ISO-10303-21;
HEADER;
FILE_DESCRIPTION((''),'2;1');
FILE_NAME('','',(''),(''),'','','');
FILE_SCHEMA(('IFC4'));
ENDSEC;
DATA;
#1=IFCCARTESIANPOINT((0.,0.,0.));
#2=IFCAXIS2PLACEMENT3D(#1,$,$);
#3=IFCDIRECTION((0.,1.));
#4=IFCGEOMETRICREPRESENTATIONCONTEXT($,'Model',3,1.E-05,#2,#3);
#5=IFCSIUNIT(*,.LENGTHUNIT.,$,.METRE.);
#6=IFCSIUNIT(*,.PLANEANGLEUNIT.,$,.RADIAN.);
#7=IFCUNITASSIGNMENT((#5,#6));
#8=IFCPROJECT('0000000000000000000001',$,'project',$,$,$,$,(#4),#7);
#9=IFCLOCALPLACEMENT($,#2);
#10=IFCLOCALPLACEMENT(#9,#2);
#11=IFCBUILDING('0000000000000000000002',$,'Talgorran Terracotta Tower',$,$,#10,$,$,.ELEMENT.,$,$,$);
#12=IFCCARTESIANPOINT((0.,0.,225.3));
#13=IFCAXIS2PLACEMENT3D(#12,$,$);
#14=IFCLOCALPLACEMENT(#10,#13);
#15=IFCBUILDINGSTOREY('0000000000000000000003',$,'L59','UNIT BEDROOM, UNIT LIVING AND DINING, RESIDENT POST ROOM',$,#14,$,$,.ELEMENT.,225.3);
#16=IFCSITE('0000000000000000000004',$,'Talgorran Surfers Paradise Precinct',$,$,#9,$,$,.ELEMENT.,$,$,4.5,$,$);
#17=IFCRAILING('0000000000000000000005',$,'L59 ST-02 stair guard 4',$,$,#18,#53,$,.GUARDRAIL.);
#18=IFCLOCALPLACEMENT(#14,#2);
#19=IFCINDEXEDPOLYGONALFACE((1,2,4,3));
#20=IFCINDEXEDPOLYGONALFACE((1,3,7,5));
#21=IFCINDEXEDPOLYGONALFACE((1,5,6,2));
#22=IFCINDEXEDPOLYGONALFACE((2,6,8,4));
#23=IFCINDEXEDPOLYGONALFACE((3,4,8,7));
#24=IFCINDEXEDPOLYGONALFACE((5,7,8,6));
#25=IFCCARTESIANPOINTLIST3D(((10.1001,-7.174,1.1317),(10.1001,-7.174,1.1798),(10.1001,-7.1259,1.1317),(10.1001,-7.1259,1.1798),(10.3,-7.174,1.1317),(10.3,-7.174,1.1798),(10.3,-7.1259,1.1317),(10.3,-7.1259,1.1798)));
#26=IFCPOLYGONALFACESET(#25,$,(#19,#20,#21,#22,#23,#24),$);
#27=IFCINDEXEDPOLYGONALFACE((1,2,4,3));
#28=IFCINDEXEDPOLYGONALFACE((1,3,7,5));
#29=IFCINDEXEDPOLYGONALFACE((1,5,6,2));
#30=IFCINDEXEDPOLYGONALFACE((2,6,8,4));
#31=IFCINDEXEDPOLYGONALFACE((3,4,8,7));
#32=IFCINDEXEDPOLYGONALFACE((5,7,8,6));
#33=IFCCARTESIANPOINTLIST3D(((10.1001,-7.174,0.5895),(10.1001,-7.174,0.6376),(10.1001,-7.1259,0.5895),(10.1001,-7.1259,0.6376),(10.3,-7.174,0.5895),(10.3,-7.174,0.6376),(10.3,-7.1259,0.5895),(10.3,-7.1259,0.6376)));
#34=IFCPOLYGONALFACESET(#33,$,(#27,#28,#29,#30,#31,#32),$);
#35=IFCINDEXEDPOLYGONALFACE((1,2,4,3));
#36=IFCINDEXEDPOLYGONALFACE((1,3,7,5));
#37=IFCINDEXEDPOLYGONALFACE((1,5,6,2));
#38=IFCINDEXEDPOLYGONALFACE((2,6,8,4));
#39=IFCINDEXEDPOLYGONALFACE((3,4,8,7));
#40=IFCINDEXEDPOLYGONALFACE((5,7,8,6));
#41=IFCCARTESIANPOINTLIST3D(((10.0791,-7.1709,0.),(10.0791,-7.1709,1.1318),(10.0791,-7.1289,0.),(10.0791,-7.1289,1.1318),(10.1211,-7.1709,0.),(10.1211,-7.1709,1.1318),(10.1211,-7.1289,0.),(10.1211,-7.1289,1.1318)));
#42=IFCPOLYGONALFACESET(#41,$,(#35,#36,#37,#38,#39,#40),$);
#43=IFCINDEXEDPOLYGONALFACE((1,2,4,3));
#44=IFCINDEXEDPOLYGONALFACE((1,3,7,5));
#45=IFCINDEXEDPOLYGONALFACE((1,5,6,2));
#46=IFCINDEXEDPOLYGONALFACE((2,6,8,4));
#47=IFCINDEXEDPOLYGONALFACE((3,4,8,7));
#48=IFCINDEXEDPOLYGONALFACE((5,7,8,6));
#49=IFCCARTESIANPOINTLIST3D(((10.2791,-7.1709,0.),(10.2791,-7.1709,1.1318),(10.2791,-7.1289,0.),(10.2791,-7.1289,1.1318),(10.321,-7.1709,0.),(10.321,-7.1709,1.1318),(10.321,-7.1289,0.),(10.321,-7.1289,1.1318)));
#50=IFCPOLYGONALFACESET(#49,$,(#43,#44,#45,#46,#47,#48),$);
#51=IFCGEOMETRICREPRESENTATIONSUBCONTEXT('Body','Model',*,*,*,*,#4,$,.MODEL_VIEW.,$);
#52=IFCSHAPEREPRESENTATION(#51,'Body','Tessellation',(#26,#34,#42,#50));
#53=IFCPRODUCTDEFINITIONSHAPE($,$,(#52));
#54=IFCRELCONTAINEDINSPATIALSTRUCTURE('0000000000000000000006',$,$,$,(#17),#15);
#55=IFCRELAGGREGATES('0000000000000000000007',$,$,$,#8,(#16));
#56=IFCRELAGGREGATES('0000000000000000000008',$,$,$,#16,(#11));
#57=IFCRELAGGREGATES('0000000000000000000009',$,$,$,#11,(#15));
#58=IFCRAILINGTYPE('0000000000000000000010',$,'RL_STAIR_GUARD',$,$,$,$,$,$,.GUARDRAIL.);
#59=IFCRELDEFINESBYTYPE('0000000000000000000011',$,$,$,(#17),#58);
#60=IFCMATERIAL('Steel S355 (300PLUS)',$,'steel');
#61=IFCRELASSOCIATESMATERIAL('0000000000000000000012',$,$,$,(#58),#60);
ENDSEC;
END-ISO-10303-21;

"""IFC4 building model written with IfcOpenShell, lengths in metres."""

from ifc_helpers import new_model, si_unit, direction, frame, origin, origin_2d, place, context, subcontext, project, spatial, rectangle, extrude, material, type_object, element, save


model = new_model("IFC4")

# Units and contexts
model_context = context("Model", 3, precision=1e-05, world=origin(), true_north=direction((0.0, 1.0)))
body_context = subcontext(model_context, "Body", "Model", "MODEL_VIEW")
ifc_project = project(units=[si_unit("LENGTHUNIT", "METRE"), si_unit("PLANEANGLEUNIT", "RADIAN")], contexts=[model_context])

# Site, building, storey
site_placement = place(None, origin())
site = spatial("IfcSite", under=ifc_project, at=site_placement, Name="Talgorran Surfers Paradise Precinct", CompositionType="ELEMENT", RefElevation=4.5)
building_placement = place(site_placement, origin())
building = spatial("IfcBuilding", under=site, at=building_placement, Name="Talgorran Terracotta Tower", CompositionType="ELEMENT")
storey_placement = place(building_placement, frame((0.0, 0.0, 225.3)))
storey = spatial("IfcBuildingStorey", under=building, at=storey_placement, Name="L59", Description="UNIT BEDROOM, UNIT LIVING AND DINING, RESIDENT POST ROOM", CompositionType="ELEMENT", Elevation=225.3)

# Shared definitions
ifc_material_1 = material(Name="Steel S355 (300PLUS)", Category="steel")

# Railing
railing_type_1 = type_object("IfcRailingType", Name="RL_STAIR_GUARD", PredefinedType="GUARDRAIL", material=ifc_material_1)
railing_1_placement = place(storey_placement, frame((10.1001, -7.1499, 0.0)))
element("IfcRailing", 1, at=railing_1_placement, inside=storey, type_object=railing_type_1, Name="L59 ST-02 stair guard 4", PredefinedType="GUARDRAIL", context=body_context, shape_type="SweptSolid", body=[
    extrude(rectangle(XDim=0.0481, YDim=0.0481, at=origin_2d()), frame((0.0, 0.0, 1.1558), z_axis=(1.0, 0.0, 0.0), x_axis=(0.0, 1.0, 0.0)), (0.0, 0.0, 1.0), 0.2),
    extrude(rectangle(XDim=0.0481, YDim=0.0481, at=origin_2d()), frame((0.0, 0.0, 0.6135), z_axis=(1.0, 0.0, 0.0), x_axis=(0.0, 1.0, 0.0)), (0.0, 0.0, 1.0), 0.2),
    extrude(rectangle(XDim=0.042, YDim=0.042, at=origin_2d()), origin(), (0.0, 0.0, 1.0), 1.1318),
    extrude(rectangle(XDim=0.042, YDim=0.042, at=origin_2d()), frame((0.2, 0.0, 0.0)), (0.0, 0.0, 1.0), 1.1318),
])

save(model, "model.ifc")
